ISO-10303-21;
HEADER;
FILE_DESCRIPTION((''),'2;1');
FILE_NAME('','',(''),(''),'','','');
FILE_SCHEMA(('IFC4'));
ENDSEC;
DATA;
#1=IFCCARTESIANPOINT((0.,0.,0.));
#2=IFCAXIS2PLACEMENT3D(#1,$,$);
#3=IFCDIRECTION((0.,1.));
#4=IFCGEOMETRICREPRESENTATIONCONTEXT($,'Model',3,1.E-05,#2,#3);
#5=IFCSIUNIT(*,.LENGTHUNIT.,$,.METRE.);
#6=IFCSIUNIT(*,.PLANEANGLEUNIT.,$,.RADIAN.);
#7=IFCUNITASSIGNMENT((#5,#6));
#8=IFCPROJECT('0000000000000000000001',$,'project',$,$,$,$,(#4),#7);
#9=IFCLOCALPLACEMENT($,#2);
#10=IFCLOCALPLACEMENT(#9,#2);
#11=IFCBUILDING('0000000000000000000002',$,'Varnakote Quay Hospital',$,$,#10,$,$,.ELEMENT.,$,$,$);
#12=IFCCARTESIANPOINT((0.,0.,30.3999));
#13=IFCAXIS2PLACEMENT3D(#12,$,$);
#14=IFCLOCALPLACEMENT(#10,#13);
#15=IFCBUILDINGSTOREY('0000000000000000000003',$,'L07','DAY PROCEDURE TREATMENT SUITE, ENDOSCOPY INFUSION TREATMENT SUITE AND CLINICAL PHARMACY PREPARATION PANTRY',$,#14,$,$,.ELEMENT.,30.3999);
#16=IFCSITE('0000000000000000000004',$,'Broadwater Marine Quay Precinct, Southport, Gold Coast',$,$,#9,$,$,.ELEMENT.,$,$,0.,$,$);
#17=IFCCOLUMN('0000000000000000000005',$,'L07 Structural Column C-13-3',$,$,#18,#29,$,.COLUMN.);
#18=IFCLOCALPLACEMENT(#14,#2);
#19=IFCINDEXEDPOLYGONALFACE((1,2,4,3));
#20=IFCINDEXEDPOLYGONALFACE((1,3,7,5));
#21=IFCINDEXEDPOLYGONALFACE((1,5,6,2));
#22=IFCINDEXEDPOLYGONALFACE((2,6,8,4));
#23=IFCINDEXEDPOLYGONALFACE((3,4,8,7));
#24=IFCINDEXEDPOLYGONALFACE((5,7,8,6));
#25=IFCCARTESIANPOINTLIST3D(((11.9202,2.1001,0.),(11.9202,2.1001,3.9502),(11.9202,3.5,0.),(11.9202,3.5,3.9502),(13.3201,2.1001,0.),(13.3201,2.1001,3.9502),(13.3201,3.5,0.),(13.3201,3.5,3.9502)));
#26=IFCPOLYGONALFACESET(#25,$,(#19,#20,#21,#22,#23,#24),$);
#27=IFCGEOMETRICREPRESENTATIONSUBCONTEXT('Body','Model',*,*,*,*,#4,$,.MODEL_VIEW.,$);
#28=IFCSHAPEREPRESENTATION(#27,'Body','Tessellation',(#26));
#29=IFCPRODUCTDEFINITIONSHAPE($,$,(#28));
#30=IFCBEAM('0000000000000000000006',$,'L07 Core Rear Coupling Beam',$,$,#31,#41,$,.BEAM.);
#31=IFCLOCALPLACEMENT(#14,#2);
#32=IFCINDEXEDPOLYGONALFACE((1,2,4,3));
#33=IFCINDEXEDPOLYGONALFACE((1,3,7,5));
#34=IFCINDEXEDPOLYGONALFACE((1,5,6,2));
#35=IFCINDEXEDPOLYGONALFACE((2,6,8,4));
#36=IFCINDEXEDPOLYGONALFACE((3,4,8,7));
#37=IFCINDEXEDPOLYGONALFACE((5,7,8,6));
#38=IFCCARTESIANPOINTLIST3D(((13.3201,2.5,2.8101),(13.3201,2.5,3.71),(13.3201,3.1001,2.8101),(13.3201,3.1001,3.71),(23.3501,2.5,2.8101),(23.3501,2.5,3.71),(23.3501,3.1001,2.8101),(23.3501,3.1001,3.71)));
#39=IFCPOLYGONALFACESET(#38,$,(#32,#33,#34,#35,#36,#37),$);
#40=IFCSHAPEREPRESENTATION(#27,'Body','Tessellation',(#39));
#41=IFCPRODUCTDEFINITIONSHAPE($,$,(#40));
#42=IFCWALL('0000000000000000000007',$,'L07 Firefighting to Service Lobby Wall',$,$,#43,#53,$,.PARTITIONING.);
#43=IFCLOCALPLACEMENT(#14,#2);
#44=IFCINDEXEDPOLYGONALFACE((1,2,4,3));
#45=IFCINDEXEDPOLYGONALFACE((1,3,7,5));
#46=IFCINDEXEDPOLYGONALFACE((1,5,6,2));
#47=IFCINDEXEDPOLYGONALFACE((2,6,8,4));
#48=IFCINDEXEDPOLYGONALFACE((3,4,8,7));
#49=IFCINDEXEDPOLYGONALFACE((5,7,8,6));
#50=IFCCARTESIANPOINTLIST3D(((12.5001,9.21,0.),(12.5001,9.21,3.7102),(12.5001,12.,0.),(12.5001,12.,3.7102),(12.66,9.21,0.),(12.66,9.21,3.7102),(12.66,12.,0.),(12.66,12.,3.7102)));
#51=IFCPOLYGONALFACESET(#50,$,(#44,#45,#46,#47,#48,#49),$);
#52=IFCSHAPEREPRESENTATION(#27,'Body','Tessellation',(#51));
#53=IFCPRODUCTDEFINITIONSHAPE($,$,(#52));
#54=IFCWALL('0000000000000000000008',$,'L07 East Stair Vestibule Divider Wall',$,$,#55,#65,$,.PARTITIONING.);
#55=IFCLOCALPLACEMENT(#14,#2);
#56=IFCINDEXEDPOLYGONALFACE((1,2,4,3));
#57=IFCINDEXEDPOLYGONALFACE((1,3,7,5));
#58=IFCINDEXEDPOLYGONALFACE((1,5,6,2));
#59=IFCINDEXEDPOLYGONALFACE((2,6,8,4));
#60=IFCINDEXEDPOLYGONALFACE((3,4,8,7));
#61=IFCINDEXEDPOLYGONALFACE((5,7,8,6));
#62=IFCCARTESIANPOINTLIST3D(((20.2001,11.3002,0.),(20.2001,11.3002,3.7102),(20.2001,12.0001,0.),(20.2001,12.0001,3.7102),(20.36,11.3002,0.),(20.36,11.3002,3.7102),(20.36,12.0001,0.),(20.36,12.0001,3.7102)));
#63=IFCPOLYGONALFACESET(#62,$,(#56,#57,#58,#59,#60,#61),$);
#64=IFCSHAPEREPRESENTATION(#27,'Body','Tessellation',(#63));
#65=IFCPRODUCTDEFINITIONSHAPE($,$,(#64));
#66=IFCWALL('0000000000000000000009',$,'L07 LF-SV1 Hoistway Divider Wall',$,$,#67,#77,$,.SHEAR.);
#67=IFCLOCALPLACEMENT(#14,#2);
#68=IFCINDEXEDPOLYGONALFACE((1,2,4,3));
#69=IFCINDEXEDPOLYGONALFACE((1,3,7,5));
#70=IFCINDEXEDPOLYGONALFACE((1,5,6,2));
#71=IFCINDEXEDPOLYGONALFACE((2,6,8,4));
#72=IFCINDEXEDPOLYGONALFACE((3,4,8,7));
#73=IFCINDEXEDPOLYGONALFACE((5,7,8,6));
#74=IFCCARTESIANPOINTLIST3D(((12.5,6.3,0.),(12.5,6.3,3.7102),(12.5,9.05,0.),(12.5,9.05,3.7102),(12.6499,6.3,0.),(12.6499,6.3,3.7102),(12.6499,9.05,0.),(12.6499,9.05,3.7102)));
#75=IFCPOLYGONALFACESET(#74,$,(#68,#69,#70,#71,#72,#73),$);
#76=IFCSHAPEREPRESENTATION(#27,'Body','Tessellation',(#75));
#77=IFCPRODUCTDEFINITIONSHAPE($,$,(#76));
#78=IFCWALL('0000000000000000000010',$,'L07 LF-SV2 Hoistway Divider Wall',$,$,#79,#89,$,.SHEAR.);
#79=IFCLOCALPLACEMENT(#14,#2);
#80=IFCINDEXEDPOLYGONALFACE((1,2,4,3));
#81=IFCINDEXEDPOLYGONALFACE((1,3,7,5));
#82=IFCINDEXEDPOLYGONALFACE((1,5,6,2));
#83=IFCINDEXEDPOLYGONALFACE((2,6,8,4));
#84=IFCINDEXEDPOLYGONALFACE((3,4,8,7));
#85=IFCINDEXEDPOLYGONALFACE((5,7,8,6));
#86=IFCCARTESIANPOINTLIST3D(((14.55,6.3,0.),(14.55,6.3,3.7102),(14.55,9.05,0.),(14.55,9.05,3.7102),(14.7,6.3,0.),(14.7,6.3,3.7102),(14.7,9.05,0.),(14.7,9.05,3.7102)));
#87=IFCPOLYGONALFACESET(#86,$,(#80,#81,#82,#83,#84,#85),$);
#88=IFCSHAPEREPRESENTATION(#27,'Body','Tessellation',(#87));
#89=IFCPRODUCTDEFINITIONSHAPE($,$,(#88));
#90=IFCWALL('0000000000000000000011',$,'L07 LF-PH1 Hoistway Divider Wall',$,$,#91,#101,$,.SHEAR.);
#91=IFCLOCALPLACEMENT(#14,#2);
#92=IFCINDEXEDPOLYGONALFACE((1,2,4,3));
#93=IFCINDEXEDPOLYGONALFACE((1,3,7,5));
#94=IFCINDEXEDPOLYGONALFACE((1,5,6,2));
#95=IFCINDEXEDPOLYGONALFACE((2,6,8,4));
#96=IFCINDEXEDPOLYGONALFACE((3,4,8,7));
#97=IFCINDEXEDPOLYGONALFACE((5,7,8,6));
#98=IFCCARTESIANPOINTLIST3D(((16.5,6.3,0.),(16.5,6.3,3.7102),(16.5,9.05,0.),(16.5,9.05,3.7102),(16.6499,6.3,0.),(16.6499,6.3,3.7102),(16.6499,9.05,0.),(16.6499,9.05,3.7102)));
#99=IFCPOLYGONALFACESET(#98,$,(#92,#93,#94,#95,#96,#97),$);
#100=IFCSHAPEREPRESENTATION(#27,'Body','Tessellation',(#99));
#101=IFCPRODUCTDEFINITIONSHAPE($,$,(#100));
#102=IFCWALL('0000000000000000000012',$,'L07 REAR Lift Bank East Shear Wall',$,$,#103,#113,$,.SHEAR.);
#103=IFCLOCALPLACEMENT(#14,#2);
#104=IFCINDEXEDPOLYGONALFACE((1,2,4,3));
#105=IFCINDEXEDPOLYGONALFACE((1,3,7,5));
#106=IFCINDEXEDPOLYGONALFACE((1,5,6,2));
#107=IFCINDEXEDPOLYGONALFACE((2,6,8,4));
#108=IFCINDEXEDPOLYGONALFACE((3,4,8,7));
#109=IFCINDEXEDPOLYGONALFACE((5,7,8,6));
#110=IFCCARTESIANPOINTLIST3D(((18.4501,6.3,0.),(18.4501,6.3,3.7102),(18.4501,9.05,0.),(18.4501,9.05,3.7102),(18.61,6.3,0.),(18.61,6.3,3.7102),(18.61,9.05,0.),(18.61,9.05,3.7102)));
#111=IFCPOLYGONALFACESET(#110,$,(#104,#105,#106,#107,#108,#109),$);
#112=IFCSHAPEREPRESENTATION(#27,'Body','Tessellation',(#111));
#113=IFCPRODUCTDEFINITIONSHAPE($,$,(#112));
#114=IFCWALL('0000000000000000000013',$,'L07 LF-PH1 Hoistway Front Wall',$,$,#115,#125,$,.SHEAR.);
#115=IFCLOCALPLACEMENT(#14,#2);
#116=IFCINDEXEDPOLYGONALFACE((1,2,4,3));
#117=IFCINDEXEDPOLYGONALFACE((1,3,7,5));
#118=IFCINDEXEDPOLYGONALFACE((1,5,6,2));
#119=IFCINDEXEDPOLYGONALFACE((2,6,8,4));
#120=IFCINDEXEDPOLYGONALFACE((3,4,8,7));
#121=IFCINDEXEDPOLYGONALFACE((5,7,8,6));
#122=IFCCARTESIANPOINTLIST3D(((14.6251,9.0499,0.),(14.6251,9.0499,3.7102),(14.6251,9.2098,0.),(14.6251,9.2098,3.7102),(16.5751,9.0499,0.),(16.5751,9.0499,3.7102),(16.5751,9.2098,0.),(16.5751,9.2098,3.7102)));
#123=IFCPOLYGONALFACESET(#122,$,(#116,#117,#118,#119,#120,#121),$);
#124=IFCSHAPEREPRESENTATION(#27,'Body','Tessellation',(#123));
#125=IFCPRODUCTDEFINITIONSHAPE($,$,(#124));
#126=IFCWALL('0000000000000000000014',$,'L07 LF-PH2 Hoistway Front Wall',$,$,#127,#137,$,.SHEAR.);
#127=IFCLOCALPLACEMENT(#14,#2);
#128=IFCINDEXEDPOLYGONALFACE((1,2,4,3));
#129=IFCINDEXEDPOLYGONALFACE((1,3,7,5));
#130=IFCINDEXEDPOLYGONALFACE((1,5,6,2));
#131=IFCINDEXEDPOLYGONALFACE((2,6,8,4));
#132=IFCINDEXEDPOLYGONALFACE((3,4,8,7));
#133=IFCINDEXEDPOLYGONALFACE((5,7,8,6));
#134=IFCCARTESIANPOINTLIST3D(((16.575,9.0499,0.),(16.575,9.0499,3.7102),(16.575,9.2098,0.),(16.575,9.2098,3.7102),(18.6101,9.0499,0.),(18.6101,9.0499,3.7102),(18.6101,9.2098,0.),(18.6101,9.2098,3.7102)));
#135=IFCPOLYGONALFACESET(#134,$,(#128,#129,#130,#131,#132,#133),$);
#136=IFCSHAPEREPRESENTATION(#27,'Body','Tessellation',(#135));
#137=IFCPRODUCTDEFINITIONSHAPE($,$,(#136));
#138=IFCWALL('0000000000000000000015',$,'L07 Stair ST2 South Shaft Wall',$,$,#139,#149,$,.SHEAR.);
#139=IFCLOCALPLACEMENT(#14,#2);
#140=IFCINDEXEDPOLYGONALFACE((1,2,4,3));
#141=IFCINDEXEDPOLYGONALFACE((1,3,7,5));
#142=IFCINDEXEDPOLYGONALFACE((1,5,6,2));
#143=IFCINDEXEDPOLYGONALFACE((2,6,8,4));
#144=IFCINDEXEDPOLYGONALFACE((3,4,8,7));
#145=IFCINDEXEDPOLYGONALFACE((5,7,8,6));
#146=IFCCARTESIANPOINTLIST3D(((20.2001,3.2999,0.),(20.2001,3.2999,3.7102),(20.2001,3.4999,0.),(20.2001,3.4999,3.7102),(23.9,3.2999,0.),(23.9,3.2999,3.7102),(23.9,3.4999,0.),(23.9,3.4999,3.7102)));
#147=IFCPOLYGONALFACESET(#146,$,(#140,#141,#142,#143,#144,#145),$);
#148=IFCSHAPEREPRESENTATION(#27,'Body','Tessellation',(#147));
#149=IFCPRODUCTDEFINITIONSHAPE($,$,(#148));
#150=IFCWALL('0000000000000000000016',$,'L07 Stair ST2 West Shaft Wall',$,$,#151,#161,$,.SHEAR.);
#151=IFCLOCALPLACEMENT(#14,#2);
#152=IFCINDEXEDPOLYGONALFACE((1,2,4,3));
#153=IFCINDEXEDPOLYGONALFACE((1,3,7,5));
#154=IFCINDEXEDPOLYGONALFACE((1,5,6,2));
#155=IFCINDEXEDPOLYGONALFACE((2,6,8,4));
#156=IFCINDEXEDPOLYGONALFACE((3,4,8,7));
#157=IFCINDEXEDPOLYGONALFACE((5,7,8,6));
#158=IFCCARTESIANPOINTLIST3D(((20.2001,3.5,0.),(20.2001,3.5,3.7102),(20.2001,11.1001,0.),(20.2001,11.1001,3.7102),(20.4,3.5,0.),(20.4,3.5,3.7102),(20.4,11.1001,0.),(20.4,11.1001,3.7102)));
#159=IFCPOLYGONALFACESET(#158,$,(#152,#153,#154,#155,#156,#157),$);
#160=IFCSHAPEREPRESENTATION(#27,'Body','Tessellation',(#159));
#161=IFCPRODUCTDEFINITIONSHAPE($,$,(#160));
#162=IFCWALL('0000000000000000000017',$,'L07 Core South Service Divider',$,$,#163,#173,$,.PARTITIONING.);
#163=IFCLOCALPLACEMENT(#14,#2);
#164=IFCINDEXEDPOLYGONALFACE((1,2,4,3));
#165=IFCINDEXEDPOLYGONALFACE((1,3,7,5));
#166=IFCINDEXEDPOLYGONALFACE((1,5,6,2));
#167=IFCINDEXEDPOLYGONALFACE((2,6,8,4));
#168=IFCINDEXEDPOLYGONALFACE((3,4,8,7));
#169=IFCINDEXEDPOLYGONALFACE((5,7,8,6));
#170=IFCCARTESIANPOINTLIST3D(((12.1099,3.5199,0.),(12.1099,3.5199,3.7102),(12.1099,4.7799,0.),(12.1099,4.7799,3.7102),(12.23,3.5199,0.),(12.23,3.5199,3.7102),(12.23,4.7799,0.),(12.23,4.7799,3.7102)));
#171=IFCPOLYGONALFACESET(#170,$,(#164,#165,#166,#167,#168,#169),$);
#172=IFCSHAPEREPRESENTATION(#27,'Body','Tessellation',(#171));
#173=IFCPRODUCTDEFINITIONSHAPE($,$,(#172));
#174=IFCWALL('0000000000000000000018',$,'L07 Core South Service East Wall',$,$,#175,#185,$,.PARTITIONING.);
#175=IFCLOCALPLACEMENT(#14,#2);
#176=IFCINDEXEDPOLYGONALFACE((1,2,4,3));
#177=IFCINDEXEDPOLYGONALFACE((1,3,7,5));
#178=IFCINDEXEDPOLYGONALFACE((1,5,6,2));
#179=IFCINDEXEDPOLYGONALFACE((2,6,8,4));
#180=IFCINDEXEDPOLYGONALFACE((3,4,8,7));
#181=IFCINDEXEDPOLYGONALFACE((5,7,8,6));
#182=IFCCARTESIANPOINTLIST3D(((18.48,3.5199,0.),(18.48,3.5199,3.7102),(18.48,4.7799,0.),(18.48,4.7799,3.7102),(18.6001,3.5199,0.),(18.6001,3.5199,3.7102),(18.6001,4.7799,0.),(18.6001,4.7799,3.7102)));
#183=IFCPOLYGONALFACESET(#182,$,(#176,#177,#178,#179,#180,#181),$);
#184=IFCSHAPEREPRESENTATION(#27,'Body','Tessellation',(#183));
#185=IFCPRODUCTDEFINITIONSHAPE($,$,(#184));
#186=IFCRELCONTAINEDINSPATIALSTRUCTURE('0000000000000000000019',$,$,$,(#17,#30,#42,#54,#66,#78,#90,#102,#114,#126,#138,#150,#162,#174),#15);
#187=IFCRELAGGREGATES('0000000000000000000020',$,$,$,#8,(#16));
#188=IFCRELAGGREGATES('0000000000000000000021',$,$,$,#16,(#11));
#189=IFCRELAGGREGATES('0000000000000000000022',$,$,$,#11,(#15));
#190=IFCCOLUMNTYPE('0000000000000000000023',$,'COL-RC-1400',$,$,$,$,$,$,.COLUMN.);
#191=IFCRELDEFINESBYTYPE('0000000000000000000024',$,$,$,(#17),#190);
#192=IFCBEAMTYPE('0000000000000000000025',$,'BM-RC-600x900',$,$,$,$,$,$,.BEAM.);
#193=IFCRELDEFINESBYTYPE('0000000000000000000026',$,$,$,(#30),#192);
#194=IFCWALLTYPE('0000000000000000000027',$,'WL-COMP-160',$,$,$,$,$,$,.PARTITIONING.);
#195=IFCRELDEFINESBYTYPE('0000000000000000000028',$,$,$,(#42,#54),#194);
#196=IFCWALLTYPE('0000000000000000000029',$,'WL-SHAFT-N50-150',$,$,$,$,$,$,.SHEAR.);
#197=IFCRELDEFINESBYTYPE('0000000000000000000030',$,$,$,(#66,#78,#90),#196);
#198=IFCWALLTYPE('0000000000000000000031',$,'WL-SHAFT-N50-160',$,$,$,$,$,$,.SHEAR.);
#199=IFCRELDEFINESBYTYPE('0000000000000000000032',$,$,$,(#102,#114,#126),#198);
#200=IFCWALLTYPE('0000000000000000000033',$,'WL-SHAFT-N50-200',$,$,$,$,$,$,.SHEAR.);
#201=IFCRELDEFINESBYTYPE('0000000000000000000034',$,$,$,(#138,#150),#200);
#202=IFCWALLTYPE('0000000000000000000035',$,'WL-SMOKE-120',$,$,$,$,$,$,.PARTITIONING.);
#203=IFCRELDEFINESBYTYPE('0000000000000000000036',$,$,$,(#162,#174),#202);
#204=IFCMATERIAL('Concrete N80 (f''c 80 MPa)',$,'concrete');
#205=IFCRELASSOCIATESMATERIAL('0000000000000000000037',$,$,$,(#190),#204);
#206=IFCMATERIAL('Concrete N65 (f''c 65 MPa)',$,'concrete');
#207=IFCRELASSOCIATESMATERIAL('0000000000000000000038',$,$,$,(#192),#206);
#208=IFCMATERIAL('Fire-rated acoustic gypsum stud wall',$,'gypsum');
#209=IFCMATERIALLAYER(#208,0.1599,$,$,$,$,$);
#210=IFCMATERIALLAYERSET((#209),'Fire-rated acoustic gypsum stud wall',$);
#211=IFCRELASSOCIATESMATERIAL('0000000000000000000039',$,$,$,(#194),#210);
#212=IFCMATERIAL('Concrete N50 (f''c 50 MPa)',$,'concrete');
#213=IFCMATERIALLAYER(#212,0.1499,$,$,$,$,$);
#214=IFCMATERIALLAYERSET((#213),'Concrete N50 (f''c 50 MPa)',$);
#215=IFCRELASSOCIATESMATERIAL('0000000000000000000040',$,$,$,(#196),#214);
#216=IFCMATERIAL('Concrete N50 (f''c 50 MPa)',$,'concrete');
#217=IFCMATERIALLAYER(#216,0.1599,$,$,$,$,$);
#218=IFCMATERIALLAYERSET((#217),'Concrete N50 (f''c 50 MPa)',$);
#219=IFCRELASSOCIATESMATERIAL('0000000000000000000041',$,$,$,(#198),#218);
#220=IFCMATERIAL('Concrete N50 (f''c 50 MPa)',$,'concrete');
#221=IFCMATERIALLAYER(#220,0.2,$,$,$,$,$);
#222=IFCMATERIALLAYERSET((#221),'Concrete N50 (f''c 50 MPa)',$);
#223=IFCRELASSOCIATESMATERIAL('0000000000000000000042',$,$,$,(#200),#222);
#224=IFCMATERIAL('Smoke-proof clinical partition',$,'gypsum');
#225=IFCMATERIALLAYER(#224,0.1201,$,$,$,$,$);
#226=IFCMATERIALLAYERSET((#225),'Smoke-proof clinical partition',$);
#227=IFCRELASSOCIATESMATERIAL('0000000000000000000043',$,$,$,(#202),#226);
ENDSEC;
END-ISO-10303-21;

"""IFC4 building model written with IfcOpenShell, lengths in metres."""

from ifc_helpers import new_model, si_unit, direction, frame, frame_2d, origin, origin_2d, place, context, subcontext, project, spatial, rectangle, extrude, material, layer, layer_set, material_profile, profile_set, type_object, element, save


model = new_model("IFC4")

# Units and contexts
model_context = context("Model", 3, precision=1e-05, world=origin(), true_north=direction((0.0, 1.0)))
body_context = subcontext(model_context, "Body", "Model", "MODEL_VIEW")
ifc_project = project(units=[si_unit("LENGTHUNIT", "METRE"), si_unit("PLANEANGLEUNIT", "RADIAN")], contexts=[model_context])

# Site, building, storey
site_placement = place(None, origin())
site = spatial("IfcSite", under=ifc_project, at=site_placement, Name="Broadwater Marine Quay Precinct, Southport, Gold Coast", CompositionType="ELEMENT", RefElevation=0.0)
building_placement = place(site_placement, origin())
building = spatial("IfcBuilding", under=site, at=building_placement, Name="Varnakote Quay Hospital", CompositionType="ELEMENT")
storey_placement = place(building_placement, frame((0.0, 0.0, 30.3999)))
storey = spatial("IfcBuildingStorey", under=building, at=storey_placement, Name="L07", Description="DAY PROCEDURE TREATMENT SUITE, ENDOSCOPY INFUSION TREATMENT SUITE AND CLINICAL PHARMACY PREPARATION PANTRY", CompositionType="ELEMENT", Elevation=30.3999)

# Column
ifc_material_1 = material(Name="Concrete N80 (f'c 80 MPa)", Category="concrete")
ifc_material_profile_1 = material_profile(ifc_material_1, rectangle(XDim=1.3999, YDim=1.3999, at=origin_2d()), Name="RC-COL-1400x1400")
ifc_profile_set_1 = profile_set([ifc_material_profile_1], Name="Concrete N80 (f'c 80 MPa)")
column_type = type_object("IfcColumnType", Name="COL-RC-1400", PredefinedType="COLUMN", material=ifc_profile_set_1)
column_placement = place(storey_placement, frame((12.6201, 2.8, 0.0), z_axis=(0.0, 0.0, 1.0), x_axis=(1.0, 0.0, 0.0)))
element("IfcColumn", 1, at=column_placement, inside=storey, type_object=column_type, Name="L07 Structural Column C-13-3", PredefinedType="COLUMN", context=body_context, shape_type="SweptSolid", body=[
    extrude(rectangle(XDim=1.3999, YDim=1.3999, at=origin_2d()), origin(), (0.0, 0.0, 1.0), 3.9502),
])

# Beam
ifc_material_2 = material(Name="Concrete N65 (f'c 65 MPa)", Category="concrete")
ifc_material_profile_2 = material_profile(ifc_material_2, rectangle(XDim=0.6001, YDim=0.8999, at=origin_2d()), Name="RC-BM-600x900")
ifc_profile_set_2 = profile_set([ifc_material_profile_2], Name="Concrete N65 (f'c 65 MPa)")
beam_type = type_object("IfcBeamType", Name="BM-RC-600x900", PredefinedType="BEAM", material=ifc_profile_set_2)
beam_placement = place(storey_placement, frame((13.3201, 2.8, 3.26), z_axis=(1.0, 0.0, 0.0), x_axis=(0.0, 1.0, 0.0)))
element("IfcBeam", 2, at=beam_placement, inside=storey, type_object=beam_type, Name="L07 Core Rear Coupling Beam", PredefinedType="BEAM", context=body_context, shape_type="SweptSolid", body=[
    extrude(rectangle(XDim=0.6001, YDim=0.8999, at=origin_2d()), origin(), (0.0, 0.0, 1.0), 10.03),
])

# Walls
ifc_material_3 = material(Name="Fire-rated acoustic gypsum stud wall", Category="gypsum")
ifc_layer_1 = layer(ifc_material_3, 0.1599)
ifc_layer_set_1 = layer_set([ifc_layer_1], Name="Fire-rated acoustic gypsum stud wall")
wall_type_1 = type_object("IfcWallType", Name="WL-COMP-160", PredefinedType="PARTITIONING", material=ifc_layer_set_1)
wall_1_placement = place(storey_placement, frame((12.5801, 9.21, 0.0), z_axis=(0.0, 0.0, 1.0), x_axis=(0.0, 1.0, 0.0)))
element("IfcWall", 3, at=wall_1_placement, inside=storey, type_object=wall_type_1, Name="L07 Firefighting to Service Lobby Wall", PredefinedType="PARTITIONING", context=body_context, shape_type="SweptSolid", body=[
    extrude(rectangle(XDim=2.79, YDim=0.1599, at=frame_2d((1.395, 0.0))), origin(), (0.0, 0.0, 1.0), 3.7102),
])
wall_2_placement = place(storey_placement, frame((20.28, 11.3, 0.0), z_axis=(0.0, 0.0, 1.0), x_axis=(0.0, 1.0, 0.0)))
element("IfcWall", 4, at=wall_2_placement, inside=storey, type_object=wall_type_1, Name="L07 East Stair Vestibule Divider Wall", PredefinedType="PARTITIONING", context=body_context, shape_type="SweptSolid", body=[
    extrude(rectangle(XDim=0.7, YDim=0.1599, at=frame_2d((0.3501, 0.0))), origin(), (0.0, 0.0, 1.0), 3.7102),
])
ifc_material_4 = material(Name="Concrete N50 (f'c 50 MPa)", Category="concrete")
ifc_layer_2 = layer(ifc_material_4, 0.1499)
ifc_layer_set_2 = layer_set([ifc_layer_2], Name="Concrete N50 (f'c 50 MPa)")
wall_type_2 = type_object("IfcWallType", Name="WL-SHAFT-N50-150", PredefinedType="SHEAR", material=ifc_layer_set_2)
for number, where, z_axis, x_axis, name in (
    (5, (12.575, 6.3, 0.0), (0.0, 0.0, 1.0), (0.0, 1.0, 0.0), "L07 LF-SV1 Hoistway Divider Wall"),
    (6, (14.625, 6.3, 0.0), (0.0, 0.0, 1.0), (0.0, 1.0, 0.0), "L07 LF-SV2 Hoistway Divider Wall"),
    (7, (16.575, 6.3, 0.0), (0.0, 0.0, 1.0), (0.0, 1.0, 0.0), "L07 LF-PH1 Hoistway Divider Wall"),
):
    element("IfcWall", number, at=place(storey_placement, frame(where, z_axis=z_axis, x_axis=x_axis)), inside=storey, type_object=wall_type_2, Name=name, PredefinedType="SHEAR", context=body_context, shape_type="SweptSolid", body=[
        extrude(rectangle(XDim=2.75, YDim=0.1499, at=frame_2d((1.375, 0.0))), origin(), (0.0, 0.0, 1.0), 3.7102),
    ])
ifc_material_5 = material(Name="Concrete N50 (f'c 50 MPa)", Category="concrete")
ifc_layer_3 = layer(ifc_material_5, 0.1599)
ifc_layer_set_3 = layer_set([ifc_layer_3], Name="Concrete N50 (f'c 50 MPa)")
wall_type_3 = type_object("IfcWallType", Name="WL-SHAFT-N50-160", PredefinedType="SHEAR", material=ifc_layer_set_3)
wall_3_placement = place(storey_placement, frame((18.53, 6.3, 0.0), z_axis=(0.0, 0.0, 1.0), x_axis=(0.0, 1.0, 0.0)))
element("IfcWall", 8, at=wall_3_placement, inside=storey, type_object=wall_type_3, Name="L07 REAR Lift Bank East Shear Wall", PredefinedType="SHEAR", context=body_context, shape_type="SweptSolid", body=[
    extrude(rectangle(XDim=2.75, YDim=0.1599, at=frame_2d((1.375, 0.0))), origin(), (0.0, 0.0, 1.0), 3.7102),
])

# Walls
wall_4_placement = place(storey_placement, frame((14.625, 9.1299, 0.0), z_axis=(0.0, 0.0, 1.0), x_axis=(1.0, 0.0, 0.0)))
element("IfcWall", 9, at=wall_4_placement, inside=storey, type_object=wall_type_3, Name="L07 LF-PH1 Hoistway Front Wall", PredefinedType="SHEAR", context=body_context, shape_type="SweptSolid", body=[
    extrude(rectangle(XDim=1.95, YDim=0.1599, at=frame_2d((0.9751, 0.0))), origin(), (0.0, 0.0, 1.0), 3.7102),
])
wall_5_placement = place(storey_placement, frame((16.575, 9.1299, 0.0), z_axis=(0.0, 0.0, 1.0), x_axis=(1.0, 0.0, 0.0)))
element("IfcWall", 10, at=wall_5_placement, inside=storey, type_object=wall_type_3, Name="L07 LF-PH2 Hoistway Front Wall", PredefinedType="SHEAR", context=body_context, shape_type="SweptSolid", body=[
    extrude(rectangle(XDim=2.0352, YDim=0.1599, at=frame_2d((1.0176, 0.0))), origin(), (0.0, 0.0, 1.0), 3.7102),
])
ifc_material_6 = material(Name="Concrete N50 (f'c 50 MPa)", Category="concrete")
ifc_layer_4 = layer(ifc_material_6, 0.2)
ifc_layer_set_4 = layer_set([ifc_layer_4], Name="Concrete N50 (f'c 50 MPa)")
wall_type_4 = type_object("IfcWallType", Name="WL-SHAFT-N50-200", PredefinedType="SHEAR", material=ifc_layer_set_4)
wall_6_placement = place(storey_placement, frame((20.2, 3.3999, 0.0), z_axis=(0.0, 0.0, 1.0), x_axis=(1.0, 0.0, 0.0)))
element("IfcWall", 11, at=wall_6_placement, inside=storey, type_object=wall_type_4, Name="L07 Stair ST2 South Shaft Wall", PredefinedType="SHEAR", context=body_context, shape_type="SweptSolid", body=[
    extrude(rectangle(XDim=3.7, YDim=0.2, at=frame_2d((1.8501, 0.0))), origin(), (0.0, 0.0, 1.0), 3.7102),
])
wall_7_placement = place(storey_placement, frame((20.3, 3.5, 0.0), z_axis=(0.0, 0.0, 1.0), x_axis=(0.0, 1.0, 0.0)))
element("IfcWall", 12, at=wall_7_placement, inside=storey, type_object=wall_type_4, Name="L07 Stair ST2 West Shaft Wall", PredefinedType="SHEAR", context=body_context, shape_type="SweptSolid", body=[
    extrude(rectangle(XDim=7.6001, YDim=0.2, at=frame_2d((3.8, 0.0))), origin(), (0.0, 0.0, 1.0), 3.7102),
])

# Walls
ifc_material_7 = material(Name="Smoke-proof clinical partition", Category="gypsum")
ifc_layer_5 = layer(ifc_material_7, 0.1201)
ifc_layer_set_5 = layer_set([ifc_layer_5], Name="Smoke-proof clinical partition")
wall_type_5 = type_object("IfcWallType", Name="WL-SMOKE-120", PredefinedType="PARTITIONING", material=ifc_layer_set_5)
for number, where, z_axis, x_axis, name in (
    (13, (12.1699, 3.52, 0.0), (0.0, 0.0, 1.0), (0.0, 1.0, 0.0), "L07 Core South Service Divider"),
    (14, (18.54, 3.52, 0.0), (0.0, 0.0, 1.0), (0.0, 1.0, 0.0), "L07 Core South Service East Wall"),
):
    element("IfcWall", number, at=place(storey_placement, frame(where, z_axis=z_axis, x_axis=x_axis)), inside=storey, type_object=wall_type_5, Name=name, PredefinedType="PARTITIONING", context=body_context, shape_type="SweptSolid", body=[
        extrude(rectangle(XDim=1.26, YDim=0.1201, at=frame_2d((0.6299, 0.0))), origin(), (0.0, 0.0, 1.0), 3.7102),
    ])

save(model, "model.ifc")
